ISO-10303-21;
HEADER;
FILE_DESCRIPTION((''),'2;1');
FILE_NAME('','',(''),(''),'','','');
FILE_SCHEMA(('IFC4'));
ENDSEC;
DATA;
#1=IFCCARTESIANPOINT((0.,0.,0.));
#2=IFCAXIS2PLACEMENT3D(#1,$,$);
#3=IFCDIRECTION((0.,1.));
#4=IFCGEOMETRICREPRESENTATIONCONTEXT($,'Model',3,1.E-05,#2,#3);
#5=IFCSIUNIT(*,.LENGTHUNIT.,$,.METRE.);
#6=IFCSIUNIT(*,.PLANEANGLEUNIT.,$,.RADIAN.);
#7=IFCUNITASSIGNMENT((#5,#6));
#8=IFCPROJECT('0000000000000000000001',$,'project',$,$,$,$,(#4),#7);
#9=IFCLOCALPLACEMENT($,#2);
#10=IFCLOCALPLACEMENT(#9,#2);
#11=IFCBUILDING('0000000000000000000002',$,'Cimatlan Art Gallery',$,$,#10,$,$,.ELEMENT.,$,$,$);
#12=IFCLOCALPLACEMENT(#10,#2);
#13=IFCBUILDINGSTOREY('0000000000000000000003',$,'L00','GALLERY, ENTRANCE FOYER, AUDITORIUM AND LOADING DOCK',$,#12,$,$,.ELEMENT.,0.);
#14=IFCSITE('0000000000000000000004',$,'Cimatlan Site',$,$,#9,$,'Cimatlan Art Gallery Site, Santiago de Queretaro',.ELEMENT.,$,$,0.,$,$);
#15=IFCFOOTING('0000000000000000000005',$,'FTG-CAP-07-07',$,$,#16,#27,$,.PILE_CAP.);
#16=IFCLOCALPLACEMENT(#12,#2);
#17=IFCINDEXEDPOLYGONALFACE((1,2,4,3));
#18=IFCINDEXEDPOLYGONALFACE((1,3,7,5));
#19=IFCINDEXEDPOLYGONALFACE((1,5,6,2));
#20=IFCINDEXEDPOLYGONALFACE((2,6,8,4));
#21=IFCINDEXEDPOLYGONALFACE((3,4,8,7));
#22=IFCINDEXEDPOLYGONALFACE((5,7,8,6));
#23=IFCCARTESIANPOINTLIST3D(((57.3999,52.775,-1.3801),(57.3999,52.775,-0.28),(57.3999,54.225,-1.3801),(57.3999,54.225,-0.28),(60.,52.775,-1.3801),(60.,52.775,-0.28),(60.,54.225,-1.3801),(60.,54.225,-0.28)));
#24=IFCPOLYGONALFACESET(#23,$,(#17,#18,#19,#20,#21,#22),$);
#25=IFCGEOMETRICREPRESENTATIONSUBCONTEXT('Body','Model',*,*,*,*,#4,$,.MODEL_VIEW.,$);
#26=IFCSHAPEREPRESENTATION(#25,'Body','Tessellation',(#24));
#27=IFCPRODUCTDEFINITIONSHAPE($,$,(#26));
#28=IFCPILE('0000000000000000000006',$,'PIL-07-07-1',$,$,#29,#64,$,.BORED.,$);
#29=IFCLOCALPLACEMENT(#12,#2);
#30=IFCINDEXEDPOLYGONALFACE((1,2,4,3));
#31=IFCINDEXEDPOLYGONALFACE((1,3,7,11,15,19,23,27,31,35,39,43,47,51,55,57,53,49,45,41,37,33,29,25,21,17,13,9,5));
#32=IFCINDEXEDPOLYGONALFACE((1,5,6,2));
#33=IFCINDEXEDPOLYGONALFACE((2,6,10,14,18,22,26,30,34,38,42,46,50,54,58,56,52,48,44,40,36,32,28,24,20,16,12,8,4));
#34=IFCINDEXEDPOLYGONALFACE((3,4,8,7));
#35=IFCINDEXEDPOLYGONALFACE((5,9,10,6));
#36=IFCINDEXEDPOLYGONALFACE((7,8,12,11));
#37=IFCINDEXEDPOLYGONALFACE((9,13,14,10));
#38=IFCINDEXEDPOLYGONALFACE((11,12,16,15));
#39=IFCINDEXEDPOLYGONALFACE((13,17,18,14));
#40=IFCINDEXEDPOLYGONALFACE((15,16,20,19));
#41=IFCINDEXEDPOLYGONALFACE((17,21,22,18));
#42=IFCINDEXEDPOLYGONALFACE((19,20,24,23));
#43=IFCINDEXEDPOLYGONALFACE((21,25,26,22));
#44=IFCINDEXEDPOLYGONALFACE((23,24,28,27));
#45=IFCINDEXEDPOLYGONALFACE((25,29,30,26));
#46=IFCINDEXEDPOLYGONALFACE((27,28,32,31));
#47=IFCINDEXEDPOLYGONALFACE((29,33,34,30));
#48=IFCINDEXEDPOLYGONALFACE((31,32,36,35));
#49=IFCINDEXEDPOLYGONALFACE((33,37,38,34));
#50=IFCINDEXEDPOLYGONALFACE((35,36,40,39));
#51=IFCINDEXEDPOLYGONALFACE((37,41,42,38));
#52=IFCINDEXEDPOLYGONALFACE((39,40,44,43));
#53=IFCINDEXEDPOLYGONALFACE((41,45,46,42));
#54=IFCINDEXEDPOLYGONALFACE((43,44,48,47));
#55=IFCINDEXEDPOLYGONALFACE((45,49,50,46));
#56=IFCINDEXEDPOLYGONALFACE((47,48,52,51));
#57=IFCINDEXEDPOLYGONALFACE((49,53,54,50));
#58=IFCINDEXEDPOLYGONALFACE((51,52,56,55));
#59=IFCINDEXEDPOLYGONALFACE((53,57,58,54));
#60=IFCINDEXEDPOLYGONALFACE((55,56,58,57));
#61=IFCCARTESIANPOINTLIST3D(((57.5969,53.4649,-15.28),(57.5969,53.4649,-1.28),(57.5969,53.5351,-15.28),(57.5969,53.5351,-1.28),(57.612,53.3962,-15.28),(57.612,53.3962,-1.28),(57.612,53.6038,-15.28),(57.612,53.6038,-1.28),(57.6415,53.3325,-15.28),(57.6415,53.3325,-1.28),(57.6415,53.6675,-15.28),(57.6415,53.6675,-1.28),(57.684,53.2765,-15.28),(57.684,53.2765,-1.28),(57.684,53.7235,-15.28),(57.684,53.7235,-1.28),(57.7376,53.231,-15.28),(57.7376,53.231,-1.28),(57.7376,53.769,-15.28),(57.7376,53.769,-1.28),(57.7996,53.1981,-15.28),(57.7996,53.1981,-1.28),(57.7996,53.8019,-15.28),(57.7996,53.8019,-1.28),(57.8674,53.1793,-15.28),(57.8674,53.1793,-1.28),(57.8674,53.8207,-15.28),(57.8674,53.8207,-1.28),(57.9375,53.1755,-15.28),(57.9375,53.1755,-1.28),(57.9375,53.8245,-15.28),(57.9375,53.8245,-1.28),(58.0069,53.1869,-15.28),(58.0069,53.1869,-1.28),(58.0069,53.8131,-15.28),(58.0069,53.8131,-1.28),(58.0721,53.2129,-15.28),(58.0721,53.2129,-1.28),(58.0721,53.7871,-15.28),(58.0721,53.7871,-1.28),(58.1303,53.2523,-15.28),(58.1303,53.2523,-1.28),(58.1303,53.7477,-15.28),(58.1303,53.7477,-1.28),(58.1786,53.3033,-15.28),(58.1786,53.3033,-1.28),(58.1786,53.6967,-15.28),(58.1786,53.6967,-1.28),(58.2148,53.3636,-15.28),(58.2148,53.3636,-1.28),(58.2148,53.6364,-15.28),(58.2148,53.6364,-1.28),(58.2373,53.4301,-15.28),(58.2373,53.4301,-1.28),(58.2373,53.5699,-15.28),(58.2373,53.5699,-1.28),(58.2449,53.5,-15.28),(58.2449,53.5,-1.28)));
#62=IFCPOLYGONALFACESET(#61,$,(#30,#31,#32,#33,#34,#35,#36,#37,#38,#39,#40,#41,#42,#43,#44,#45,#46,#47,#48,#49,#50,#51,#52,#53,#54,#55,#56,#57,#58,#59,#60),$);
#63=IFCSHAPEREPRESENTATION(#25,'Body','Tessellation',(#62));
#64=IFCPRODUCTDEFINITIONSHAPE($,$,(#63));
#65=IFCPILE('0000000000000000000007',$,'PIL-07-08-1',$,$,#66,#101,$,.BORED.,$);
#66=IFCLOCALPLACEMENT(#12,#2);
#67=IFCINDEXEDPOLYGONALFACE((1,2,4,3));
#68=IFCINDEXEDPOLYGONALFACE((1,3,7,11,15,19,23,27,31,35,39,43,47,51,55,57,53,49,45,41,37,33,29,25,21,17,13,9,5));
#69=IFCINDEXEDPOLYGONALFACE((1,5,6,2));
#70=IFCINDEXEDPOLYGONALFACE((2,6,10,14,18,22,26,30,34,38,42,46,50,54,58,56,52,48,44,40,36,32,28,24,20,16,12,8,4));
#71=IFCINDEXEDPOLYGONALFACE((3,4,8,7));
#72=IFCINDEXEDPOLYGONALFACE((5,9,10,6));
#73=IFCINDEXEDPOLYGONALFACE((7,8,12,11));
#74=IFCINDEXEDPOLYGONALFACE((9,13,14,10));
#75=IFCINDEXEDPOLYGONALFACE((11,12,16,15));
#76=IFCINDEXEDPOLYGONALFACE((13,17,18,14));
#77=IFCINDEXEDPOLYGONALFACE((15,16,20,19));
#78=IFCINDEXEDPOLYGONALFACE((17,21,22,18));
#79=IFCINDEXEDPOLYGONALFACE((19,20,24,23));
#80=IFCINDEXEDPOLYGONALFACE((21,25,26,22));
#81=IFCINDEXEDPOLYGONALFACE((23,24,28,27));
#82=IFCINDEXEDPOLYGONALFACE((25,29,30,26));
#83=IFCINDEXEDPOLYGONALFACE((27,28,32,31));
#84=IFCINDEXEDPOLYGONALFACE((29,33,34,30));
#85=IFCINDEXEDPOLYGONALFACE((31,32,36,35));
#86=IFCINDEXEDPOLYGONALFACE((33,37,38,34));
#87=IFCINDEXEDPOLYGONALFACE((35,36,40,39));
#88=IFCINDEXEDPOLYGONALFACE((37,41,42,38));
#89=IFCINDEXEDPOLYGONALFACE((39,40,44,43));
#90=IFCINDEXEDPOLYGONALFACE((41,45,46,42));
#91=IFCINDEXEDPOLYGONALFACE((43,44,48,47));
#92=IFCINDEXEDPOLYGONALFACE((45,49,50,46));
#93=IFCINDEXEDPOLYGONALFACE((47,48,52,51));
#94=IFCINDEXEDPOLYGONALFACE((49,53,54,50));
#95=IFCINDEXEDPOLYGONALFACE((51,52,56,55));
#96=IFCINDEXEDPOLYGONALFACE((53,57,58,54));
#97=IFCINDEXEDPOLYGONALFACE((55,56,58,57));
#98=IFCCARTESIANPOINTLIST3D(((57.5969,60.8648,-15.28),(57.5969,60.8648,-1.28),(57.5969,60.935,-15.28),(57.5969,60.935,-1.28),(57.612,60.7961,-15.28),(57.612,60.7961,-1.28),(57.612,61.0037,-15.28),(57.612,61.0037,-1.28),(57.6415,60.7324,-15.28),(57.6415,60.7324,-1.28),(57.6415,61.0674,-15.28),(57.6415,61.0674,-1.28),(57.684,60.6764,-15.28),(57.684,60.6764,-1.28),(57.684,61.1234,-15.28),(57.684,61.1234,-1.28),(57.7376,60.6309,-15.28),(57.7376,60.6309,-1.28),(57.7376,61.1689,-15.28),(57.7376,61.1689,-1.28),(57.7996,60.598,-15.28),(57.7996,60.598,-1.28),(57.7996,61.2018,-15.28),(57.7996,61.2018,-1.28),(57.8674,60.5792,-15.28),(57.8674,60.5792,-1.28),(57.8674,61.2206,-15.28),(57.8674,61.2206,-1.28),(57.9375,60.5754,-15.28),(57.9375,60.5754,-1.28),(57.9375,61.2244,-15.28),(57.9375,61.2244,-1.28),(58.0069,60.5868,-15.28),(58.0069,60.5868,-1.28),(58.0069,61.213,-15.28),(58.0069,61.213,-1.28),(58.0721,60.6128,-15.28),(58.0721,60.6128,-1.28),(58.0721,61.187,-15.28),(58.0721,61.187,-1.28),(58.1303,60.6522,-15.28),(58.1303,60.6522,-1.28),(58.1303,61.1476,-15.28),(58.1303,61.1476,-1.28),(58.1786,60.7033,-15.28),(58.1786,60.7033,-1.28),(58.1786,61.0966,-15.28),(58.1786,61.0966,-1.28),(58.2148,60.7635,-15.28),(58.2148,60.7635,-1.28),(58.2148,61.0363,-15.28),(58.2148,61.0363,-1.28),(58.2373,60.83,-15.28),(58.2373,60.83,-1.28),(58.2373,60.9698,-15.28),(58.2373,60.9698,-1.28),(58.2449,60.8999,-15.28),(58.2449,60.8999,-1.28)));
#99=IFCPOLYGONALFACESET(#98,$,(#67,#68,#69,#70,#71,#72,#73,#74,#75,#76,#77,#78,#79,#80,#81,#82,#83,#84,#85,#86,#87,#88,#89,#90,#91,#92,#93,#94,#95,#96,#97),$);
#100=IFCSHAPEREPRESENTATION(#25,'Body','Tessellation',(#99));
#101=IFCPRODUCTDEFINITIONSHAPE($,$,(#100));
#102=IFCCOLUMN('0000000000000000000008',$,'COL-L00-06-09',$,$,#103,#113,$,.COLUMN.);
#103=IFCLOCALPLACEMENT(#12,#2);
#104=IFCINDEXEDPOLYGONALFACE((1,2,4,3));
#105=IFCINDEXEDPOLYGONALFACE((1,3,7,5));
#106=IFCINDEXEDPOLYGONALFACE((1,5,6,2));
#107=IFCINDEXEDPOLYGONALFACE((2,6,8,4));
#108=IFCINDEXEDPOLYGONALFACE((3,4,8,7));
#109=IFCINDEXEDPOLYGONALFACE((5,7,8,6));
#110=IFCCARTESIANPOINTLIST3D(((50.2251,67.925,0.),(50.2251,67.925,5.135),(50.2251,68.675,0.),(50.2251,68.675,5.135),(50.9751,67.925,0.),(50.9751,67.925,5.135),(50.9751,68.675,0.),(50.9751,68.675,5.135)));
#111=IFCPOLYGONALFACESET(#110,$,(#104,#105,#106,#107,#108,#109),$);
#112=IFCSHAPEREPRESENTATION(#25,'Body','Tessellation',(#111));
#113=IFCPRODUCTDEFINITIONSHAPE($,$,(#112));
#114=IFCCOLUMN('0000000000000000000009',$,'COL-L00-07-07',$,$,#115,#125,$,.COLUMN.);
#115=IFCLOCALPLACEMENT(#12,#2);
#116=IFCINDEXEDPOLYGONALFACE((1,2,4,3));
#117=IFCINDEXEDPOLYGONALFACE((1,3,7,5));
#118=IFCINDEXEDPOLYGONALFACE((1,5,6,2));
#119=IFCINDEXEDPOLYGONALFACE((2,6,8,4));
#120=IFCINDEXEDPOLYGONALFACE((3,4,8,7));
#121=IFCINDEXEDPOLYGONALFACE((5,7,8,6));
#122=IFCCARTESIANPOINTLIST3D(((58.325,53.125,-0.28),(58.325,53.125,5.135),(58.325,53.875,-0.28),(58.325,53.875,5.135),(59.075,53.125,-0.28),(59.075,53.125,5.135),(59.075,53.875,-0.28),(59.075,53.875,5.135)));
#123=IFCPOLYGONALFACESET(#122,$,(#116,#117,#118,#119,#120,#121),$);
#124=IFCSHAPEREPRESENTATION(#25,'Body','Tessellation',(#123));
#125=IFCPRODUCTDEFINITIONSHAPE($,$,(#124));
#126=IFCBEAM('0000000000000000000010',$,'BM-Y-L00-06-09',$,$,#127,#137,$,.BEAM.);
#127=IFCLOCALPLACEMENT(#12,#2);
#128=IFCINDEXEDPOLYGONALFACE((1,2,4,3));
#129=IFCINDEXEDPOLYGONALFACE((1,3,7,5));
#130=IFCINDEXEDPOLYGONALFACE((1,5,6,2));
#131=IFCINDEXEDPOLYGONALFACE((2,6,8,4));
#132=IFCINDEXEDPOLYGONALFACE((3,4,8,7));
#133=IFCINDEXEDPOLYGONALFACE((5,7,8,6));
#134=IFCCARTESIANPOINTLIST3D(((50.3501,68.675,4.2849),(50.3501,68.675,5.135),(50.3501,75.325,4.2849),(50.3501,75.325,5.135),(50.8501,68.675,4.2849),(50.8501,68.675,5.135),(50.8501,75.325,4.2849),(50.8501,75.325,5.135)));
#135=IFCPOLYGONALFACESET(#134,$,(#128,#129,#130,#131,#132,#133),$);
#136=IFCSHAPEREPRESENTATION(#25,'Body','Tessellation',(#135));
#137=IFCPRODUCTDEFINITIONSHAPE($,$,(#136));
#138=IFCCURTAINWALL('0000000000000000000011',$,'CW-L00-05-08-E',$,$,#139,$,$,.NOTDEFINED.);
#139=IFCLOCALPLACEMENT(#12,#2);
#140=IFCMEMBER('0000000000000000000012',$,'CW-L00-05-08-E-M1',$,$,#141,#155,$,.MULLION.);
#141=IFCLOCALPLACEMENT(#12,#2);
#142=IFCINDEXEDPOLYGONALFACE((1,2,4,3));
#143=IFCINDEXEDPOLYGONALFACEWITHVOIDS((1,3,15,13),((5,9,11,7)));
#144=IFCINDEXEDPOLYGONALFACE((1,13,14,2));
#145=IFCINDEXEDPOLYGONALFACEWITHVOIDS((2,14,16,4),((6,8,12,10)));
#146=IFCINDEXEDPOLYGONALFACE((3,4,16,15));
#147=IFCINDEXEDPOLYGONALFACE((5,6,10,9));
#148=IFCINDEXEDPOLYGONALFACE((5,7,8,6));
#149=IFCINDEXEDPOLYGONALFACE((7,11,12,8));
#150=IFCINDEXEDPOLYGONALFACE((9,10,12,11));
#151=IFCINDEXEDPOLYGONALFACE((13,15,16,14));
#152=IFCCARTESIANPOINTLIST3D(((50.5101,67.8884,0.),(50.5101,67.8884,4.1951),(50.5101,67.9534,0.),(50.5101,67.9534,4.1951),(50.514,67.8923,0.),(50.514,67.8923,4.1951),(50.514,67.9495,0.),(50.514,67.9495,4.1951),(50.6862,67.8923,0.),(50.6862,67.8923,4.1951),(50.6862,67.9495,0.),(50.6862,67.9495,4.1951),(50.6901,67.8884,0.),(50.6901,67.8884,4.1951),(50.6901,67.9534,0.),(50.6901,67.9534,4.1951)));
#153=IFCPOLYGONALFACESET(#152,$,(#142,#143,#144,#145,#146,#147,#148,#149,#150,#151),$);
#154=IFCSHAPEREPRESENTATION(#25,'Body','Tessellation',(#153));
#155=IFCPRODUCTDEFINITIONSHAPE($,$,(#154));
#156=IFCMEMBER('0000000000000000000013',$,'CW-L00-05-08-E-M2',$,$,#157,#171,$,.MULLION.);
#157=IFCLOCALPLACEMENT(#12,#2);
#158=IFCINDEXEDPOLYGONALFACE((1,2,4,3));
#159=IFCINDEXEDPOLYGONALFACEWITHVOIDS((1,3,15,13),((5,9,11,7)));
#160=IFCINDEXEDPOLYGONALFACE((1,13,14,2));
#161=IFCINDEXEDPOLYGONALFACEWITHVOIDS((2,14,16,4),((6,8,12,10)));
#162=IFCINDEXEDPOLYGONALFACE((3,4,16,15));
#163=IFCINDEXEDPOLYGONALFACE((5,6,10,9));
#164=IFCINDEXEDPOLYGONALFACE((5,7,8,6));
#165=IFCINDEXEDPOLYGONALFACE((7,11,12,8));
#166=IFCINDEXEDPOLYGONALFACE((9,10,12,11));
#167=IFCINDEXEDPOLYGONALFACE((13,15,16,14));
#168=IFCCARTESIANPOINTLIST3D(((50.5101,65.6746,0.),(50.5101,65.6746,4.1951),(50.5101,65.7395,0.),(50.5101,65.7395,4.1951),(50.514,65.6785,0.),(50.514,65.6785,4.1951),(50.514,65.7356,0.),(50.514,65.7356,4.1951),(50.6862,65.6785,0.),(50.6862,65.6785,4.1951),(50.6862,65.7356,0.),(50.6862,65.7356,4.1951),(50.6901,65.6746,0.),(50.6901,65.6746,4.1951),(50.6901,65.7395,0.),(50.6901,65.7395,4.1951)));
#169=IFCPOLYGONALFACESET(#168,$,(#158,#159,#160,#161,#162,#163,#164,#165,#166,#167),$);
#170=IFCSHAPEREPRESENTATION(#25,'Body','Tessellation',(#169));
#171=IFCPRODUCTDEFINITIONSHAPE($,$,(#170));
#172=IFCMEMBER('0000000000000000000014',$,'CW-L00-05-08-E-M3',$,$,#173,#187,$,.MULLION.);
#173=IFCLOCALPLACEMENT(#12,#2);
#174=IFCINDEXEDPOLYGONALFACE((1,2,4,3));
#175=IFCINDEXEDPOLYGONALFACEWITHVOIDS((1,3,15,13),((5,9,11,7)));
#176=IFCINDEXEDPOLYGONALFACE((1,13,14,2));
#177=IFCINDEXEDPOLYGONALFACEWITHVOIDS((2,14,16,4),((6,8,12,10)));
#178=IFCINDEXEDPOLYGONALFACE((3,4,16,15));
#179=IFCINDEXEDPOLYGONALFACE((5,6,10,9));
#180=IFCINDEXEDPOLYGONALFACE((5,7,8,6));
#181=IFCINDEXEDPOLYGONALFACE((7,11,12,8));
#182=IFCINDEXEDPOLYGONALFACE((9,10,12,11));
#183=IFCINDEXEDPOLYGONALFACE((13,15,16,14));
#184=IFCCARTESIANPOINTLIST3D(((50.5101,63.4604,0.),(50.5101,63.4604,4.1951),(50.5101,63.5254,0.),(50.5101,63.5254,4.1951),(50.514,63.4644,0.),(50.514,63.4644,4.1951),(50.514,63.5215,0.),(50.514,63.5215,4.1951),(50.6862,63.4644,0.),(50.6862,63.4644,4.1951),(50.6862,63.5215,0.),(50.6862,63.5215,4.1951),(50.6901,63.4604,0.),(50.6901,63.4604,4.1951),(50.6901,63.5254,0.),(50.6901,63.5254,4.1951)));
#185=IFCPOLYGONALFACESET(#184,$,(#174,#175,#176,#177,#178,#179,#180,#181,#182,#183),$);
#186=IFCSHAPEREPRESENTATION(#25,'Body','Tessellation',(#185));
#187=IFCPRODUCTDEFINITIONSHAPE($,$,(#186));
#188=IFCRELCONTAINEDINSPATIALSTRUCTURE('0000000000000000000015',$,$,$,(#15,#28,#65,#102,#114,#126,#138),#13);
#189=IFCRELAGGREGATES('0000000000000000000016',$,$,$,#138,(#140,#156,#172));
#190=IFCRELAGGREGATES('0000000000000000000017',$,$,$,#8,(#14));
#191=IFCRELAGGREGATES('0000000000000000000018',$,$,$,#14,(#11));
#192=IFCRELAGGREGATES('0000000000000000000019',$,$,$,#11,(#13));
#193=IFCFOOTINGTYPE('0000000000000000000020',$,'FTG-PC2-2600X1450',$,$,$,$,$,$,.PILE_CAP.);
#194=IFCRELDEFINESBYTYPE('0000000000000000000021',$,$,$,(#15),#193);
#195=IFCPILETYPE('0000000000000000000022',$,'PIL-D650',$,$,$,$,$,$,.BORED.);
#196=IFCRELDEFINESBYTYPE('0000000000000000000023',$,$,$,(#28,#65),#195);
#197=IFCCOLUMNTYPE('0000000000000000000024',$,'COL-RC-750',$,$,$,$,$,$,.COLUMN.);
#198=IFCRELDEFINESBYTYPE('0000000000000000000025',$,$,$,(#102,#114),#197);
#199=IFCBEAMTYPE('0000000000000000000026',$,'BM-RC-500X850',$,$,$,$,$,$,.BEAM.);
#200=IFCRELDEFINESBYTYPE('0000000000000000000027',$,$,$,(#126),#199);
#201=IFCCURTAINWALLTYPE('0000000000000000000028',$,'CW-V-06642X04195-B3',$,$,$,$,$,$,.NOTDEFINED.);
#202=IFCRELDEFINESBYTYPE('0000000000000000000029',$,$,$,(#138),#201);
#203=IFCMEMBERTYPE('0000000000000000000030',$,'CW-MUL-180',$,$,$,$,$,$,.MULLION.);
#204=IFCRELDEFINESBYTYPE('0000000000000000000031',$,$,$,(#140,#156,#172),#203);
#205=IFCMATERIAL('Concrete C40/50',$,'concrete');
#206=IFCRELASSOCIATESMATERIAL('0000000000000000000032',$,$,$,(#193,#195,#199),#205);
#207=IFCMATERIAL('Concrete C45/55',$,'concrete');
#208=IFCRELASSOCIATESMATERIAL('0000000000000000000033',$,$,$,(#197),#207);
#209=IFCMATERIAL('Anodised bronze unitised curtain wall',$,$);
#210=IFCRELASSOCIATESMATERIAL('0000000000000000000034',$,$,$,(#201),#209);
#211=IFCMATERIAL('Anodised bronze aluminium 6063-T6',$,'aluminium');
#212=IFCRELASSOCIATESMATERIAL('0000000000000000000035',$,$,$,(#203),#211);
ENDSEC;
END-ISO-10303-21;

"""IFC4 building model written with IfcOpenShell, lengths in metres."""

from ifc_helpers import new_model, si_unit, direction, frame, origin, origin_2d, place, context, subcontext, project, spatial, rectangle, hollow_rectangle, circle, extrude, material, material_profile, profile_set, type_object, element, aggregate, save


model = new_model("IFC4")

# Units and contexts
model_context = context("Model", 3, precision=1e-05, world=origin(), true_north=direction((0.0, 1.0)))
body_context = subcontext(model_context, "Body", "Model", "MODEL_VIEW")
ifc_project = project(units=[si_unit("LENGTHUNIT", "METRE"), si_unit("PLANEANGLEUNIT", "RADIAN")], contexts=[model_context])

# Site, building, storey
site_placement = place(None, origin())
site = spatial("IfcSite", under=ifc_project, at=site_placement, Name="Cimatlan Site", LongName="Cimatlan Art Gallery Site, Santiago de Queretaro", CompositionType="ELEMENT", RefElevation=0.0)
building_placement = place(site_placement, origin())
building = spatial("IfcBuilding", under=site, at=building_placement, Name="Cimatlan Art Gallery", CompositionType="ELEMENT")
storey_placement = place(building_placement, origin())
storey = spatial("IfcBuildingStorey", under=building, at=storey_placement, Name="L00", Description="GALLERY, ENTRANCE FOYER, AUDITORIUM AND LOADING DOCK", CompositionType="ELEMENT", Elevation=0.0)

# Footing
ifc_material_1 = material(Name="Concrete C40/50", Category="concrete")
footing_type = type_object("IfcFootingType", Name="FTG-PC2-2600X1450", PredefinedType="PILE_CAP", material=ifc_material_1)
footing_placement = place(storey_placement, frame((58.7, 53.5, -1.3801), z_axis=(0.0, 0.0, 1.0), x_axis=(1.0, 0.0, 0.0)))
element("IfcFooting", 1, at=footing_placement, inside=storey, type_object=footing_type, Name="FTG-CAP-07-07", PredefinedType="PILE_CAP", context=body_context, shape_type="SweptSolid", body=[
    extrude(rectangle(XDim=2.6001, YDim=1.45, at=origin_2d()), origin(), (0.0, 0.0, 1.0), 1.1001),
])

# Piles
pile_type = type_object("IfcPileType", Name="PIL-D650", PredefinedType="BORED", material=ifc_material_1)
for number, where, z_axis, x_axis, name in (
    (2, (57.9199, 53.5, -1.28), (0.0, 0.0, -1.0), (1.0, 0.0, 0.0), "PIL-07-07-1"),
    (3, (57.9199, 60.8999, -1.28), (0.0, 0.0, -1.0), (1.0, 0.0, 0.0), "PIL-07-08-1"),
):
    element("IfcPile", number, at=place(storey_placement, frame(where, z_axis=z_axis, x_axis=x_axis)), inside=storey, type_object=pile_type, Name=name, PredefinedType="BORED", context=body_context, shape_type="SweptSolid", body=[
        extrude(circle(Radius=0.325, at=origin_2d()), origin(), (0.0, 0.0, 1.0), 14.0),
    ])

# Columns
ifc_material_2 = material(Name="Concrete C45/55", Category="concrete")
ifc_material_profile_1 = material_profile(ifc_material_2, rectangle(XDim=0.75, YDim=0.75, at=origin_2d()), Name="RC750X750")
ifc_profile_set_1 = profile_set([ifc_material_profile_1], Name="Concrete C45/55")
column_type = type_object("IfcColumnType", Name="COL-RC-750", PredefinedType="COLUMN", material=ifc_profile_set_1)
column_1_placement = place(storey_placement, frame((50.6001, 68.3, 0.0), z_axis=(0.0, 0.0, 1.0), x_axis=(1.0, 0.0, 0.0)))
element("IfcColumn", 4, at=column_1_placement, inside=storey, type_object=column_type, Name="COL-L00-06-09", PredefinedType="COLUMN", context=body_context, shape_type="SweptSolid", body=[
    extrude(rectangle(XDim=0.75, YDim=0.75, at=origin_2d()), origin(), (0.0, 0.0, 1.0), 5.135),
])
column_2_placement = place(storey_placement, frame((58.7, 53.5, -0.28), z_axis=(0.0, 0.0, 1.0), x_axis=(1.0, 0.0, 0.0)))
element("IfcColumn", 5, at=column_2_placement, inside=storey, type_object=column_type, Name="COL-L00-07-07", PredefinedType="COLUMN", context=body_context, shape_type="SweptSolid", body=[
    extrude(rectangle(XDim=0.75, YDim=0.75, at=origin_2d()), origin(), (0.0, 0.0, 1.0), 5.415),
])

# Beam
ifc_material_profile_2 = material_profile(ifc_material_1, rectangle(XDim=0.5, YDim=0.8501, at=origin_2d()), Name="RC500X850")
ifc_profile_set_2 = profile_set([ifc_material_profile_2], Name="Concrete C40/50")
beam_type = type_object("IfcBeamType", Name="BM-RC-500X850", PredefinedType="BEAM", material=ifc_profile_set_2)
beam_placement = place(storey_placement, frame((50.6001, 68.675, 4.71), z_axis=(0.0, 1.0, 0.0), x_axis=(-1.0, 0.0, 0.0)))
element("IfcBeam", 6, at=beam_placement, inside=storey, type_object=beam_type, Name="BM-Y-L00-06-09", PredefinedType="BEAM", context=body_context, shape_type="SweptSolid", body=[
    extrude(rectangle(XDim=0.5, YDim=0.8501, at=origin_2d()), origin(), (0.0, 0.0, 1.0), 6.6499),
])

# Curtain wall, members
ifc_material_3 = material(Name="Anodised bronze unitised curtain wall")
curtain_wall_type_1 = type_object("IfcCurtainWallType", Name="CW-V-06642X04195-B3", PredefinedType="NOTDEFINED", material=ifc_material_3)
curtain_wall_1_placement = place(storey_placement, origin())
curtain_wall_1 = element("IfcCurtainWall", 7, at=curtain_wall_1_placement, inside=storey, type_object=curtain_wall_type_1, Name="CW-L00-05-08-E", PredefinedType="NOTDEFINED")
ifc_material_4 = material(Name="Anodised bronze aluminium 6063-T6", Category="aluminium")
ifc_material_profile_3 = material_profile(ifc_material_4, hollow_rectangle(XDim=0.0649, YDim=0.1799, WallThickness=0.0039, at=origin_2d()), Name="ALU65X180X4")
ifc_profile_set_3 = profile_set([ifc_material_profile_3], Name="Anodised bronze aluminium 6063-T6")
member_type_1 = type_object("IfcMemberType", Name="CW-MUL-180", PredefinedType="MULLION", material=ifc_profile_set_3)
member_1_placement = place(storey_placement, frame((50.6001, 67.9209, 0.0), z_axis=(0.0, 0.0, 1.0), x_axis=(0.0, 1.0, 0.0)))
member_1 = element("IfcMember", 8, at=member_1_placement, type_object=member_type_1, Name="CW-L00-05-08-E-M1", PredefinedType="MULLION", context=body_context, shape_type="SweptSolid", body=[
    extrude(hollow_rectangle(XDim=0.0649, YDim=0.1799, WallThickness=0.0039, at=origin_2d()), origin(), (0.0, 0.0, 1.0), 4.1951),
])
member_2_placement = place(storey_placement, frame((50.6001, 65.707, 0.0), z_axis=(0.0, 0.0, 1.0), x_axis=(0.0, 1.0, 0.0)))
member_2 = element("IfcMember", 9, at=member_2_placement, type_object=member_type_1, Name="CW-L00-05-08-E-M2", PredefinedType="MULLION", context=body_context, shape_type="SweptSolid", body=[
    extrude(hollow_rectangle(XDim=0.0649, YDim=0.1799, WallThickness=0.0039, at=origin_2d()), origin(), (0.0, 0.0, 1.0), 4.1951),
])
member_3_placement = place(storey_placement, frame((50.6001, 63.4929, 0.0), z_axis=(0.0, 0.0, 1.0), x_axis=(0.0, 1.0, 0.0)))
member_3 = element("IfcMember", 10, at=member_3_placement, type_object=member_type_1, Name="CW-L00-05-08-E-M3", PredefinedType="MULLION", context=body_context, shape_type="SweptSolid", body=[
    extrude(hollow_rectangle(XDim=0.0649, YDim=0.1799, WallThickness=0.0039, at=origin_2d()), origin(), (0.0, 0.0, 1.0), 4.1951),
])

aggregate(curtain_wall_1, [member_1, member_2, member_3])

save(model, "model.ifc")
